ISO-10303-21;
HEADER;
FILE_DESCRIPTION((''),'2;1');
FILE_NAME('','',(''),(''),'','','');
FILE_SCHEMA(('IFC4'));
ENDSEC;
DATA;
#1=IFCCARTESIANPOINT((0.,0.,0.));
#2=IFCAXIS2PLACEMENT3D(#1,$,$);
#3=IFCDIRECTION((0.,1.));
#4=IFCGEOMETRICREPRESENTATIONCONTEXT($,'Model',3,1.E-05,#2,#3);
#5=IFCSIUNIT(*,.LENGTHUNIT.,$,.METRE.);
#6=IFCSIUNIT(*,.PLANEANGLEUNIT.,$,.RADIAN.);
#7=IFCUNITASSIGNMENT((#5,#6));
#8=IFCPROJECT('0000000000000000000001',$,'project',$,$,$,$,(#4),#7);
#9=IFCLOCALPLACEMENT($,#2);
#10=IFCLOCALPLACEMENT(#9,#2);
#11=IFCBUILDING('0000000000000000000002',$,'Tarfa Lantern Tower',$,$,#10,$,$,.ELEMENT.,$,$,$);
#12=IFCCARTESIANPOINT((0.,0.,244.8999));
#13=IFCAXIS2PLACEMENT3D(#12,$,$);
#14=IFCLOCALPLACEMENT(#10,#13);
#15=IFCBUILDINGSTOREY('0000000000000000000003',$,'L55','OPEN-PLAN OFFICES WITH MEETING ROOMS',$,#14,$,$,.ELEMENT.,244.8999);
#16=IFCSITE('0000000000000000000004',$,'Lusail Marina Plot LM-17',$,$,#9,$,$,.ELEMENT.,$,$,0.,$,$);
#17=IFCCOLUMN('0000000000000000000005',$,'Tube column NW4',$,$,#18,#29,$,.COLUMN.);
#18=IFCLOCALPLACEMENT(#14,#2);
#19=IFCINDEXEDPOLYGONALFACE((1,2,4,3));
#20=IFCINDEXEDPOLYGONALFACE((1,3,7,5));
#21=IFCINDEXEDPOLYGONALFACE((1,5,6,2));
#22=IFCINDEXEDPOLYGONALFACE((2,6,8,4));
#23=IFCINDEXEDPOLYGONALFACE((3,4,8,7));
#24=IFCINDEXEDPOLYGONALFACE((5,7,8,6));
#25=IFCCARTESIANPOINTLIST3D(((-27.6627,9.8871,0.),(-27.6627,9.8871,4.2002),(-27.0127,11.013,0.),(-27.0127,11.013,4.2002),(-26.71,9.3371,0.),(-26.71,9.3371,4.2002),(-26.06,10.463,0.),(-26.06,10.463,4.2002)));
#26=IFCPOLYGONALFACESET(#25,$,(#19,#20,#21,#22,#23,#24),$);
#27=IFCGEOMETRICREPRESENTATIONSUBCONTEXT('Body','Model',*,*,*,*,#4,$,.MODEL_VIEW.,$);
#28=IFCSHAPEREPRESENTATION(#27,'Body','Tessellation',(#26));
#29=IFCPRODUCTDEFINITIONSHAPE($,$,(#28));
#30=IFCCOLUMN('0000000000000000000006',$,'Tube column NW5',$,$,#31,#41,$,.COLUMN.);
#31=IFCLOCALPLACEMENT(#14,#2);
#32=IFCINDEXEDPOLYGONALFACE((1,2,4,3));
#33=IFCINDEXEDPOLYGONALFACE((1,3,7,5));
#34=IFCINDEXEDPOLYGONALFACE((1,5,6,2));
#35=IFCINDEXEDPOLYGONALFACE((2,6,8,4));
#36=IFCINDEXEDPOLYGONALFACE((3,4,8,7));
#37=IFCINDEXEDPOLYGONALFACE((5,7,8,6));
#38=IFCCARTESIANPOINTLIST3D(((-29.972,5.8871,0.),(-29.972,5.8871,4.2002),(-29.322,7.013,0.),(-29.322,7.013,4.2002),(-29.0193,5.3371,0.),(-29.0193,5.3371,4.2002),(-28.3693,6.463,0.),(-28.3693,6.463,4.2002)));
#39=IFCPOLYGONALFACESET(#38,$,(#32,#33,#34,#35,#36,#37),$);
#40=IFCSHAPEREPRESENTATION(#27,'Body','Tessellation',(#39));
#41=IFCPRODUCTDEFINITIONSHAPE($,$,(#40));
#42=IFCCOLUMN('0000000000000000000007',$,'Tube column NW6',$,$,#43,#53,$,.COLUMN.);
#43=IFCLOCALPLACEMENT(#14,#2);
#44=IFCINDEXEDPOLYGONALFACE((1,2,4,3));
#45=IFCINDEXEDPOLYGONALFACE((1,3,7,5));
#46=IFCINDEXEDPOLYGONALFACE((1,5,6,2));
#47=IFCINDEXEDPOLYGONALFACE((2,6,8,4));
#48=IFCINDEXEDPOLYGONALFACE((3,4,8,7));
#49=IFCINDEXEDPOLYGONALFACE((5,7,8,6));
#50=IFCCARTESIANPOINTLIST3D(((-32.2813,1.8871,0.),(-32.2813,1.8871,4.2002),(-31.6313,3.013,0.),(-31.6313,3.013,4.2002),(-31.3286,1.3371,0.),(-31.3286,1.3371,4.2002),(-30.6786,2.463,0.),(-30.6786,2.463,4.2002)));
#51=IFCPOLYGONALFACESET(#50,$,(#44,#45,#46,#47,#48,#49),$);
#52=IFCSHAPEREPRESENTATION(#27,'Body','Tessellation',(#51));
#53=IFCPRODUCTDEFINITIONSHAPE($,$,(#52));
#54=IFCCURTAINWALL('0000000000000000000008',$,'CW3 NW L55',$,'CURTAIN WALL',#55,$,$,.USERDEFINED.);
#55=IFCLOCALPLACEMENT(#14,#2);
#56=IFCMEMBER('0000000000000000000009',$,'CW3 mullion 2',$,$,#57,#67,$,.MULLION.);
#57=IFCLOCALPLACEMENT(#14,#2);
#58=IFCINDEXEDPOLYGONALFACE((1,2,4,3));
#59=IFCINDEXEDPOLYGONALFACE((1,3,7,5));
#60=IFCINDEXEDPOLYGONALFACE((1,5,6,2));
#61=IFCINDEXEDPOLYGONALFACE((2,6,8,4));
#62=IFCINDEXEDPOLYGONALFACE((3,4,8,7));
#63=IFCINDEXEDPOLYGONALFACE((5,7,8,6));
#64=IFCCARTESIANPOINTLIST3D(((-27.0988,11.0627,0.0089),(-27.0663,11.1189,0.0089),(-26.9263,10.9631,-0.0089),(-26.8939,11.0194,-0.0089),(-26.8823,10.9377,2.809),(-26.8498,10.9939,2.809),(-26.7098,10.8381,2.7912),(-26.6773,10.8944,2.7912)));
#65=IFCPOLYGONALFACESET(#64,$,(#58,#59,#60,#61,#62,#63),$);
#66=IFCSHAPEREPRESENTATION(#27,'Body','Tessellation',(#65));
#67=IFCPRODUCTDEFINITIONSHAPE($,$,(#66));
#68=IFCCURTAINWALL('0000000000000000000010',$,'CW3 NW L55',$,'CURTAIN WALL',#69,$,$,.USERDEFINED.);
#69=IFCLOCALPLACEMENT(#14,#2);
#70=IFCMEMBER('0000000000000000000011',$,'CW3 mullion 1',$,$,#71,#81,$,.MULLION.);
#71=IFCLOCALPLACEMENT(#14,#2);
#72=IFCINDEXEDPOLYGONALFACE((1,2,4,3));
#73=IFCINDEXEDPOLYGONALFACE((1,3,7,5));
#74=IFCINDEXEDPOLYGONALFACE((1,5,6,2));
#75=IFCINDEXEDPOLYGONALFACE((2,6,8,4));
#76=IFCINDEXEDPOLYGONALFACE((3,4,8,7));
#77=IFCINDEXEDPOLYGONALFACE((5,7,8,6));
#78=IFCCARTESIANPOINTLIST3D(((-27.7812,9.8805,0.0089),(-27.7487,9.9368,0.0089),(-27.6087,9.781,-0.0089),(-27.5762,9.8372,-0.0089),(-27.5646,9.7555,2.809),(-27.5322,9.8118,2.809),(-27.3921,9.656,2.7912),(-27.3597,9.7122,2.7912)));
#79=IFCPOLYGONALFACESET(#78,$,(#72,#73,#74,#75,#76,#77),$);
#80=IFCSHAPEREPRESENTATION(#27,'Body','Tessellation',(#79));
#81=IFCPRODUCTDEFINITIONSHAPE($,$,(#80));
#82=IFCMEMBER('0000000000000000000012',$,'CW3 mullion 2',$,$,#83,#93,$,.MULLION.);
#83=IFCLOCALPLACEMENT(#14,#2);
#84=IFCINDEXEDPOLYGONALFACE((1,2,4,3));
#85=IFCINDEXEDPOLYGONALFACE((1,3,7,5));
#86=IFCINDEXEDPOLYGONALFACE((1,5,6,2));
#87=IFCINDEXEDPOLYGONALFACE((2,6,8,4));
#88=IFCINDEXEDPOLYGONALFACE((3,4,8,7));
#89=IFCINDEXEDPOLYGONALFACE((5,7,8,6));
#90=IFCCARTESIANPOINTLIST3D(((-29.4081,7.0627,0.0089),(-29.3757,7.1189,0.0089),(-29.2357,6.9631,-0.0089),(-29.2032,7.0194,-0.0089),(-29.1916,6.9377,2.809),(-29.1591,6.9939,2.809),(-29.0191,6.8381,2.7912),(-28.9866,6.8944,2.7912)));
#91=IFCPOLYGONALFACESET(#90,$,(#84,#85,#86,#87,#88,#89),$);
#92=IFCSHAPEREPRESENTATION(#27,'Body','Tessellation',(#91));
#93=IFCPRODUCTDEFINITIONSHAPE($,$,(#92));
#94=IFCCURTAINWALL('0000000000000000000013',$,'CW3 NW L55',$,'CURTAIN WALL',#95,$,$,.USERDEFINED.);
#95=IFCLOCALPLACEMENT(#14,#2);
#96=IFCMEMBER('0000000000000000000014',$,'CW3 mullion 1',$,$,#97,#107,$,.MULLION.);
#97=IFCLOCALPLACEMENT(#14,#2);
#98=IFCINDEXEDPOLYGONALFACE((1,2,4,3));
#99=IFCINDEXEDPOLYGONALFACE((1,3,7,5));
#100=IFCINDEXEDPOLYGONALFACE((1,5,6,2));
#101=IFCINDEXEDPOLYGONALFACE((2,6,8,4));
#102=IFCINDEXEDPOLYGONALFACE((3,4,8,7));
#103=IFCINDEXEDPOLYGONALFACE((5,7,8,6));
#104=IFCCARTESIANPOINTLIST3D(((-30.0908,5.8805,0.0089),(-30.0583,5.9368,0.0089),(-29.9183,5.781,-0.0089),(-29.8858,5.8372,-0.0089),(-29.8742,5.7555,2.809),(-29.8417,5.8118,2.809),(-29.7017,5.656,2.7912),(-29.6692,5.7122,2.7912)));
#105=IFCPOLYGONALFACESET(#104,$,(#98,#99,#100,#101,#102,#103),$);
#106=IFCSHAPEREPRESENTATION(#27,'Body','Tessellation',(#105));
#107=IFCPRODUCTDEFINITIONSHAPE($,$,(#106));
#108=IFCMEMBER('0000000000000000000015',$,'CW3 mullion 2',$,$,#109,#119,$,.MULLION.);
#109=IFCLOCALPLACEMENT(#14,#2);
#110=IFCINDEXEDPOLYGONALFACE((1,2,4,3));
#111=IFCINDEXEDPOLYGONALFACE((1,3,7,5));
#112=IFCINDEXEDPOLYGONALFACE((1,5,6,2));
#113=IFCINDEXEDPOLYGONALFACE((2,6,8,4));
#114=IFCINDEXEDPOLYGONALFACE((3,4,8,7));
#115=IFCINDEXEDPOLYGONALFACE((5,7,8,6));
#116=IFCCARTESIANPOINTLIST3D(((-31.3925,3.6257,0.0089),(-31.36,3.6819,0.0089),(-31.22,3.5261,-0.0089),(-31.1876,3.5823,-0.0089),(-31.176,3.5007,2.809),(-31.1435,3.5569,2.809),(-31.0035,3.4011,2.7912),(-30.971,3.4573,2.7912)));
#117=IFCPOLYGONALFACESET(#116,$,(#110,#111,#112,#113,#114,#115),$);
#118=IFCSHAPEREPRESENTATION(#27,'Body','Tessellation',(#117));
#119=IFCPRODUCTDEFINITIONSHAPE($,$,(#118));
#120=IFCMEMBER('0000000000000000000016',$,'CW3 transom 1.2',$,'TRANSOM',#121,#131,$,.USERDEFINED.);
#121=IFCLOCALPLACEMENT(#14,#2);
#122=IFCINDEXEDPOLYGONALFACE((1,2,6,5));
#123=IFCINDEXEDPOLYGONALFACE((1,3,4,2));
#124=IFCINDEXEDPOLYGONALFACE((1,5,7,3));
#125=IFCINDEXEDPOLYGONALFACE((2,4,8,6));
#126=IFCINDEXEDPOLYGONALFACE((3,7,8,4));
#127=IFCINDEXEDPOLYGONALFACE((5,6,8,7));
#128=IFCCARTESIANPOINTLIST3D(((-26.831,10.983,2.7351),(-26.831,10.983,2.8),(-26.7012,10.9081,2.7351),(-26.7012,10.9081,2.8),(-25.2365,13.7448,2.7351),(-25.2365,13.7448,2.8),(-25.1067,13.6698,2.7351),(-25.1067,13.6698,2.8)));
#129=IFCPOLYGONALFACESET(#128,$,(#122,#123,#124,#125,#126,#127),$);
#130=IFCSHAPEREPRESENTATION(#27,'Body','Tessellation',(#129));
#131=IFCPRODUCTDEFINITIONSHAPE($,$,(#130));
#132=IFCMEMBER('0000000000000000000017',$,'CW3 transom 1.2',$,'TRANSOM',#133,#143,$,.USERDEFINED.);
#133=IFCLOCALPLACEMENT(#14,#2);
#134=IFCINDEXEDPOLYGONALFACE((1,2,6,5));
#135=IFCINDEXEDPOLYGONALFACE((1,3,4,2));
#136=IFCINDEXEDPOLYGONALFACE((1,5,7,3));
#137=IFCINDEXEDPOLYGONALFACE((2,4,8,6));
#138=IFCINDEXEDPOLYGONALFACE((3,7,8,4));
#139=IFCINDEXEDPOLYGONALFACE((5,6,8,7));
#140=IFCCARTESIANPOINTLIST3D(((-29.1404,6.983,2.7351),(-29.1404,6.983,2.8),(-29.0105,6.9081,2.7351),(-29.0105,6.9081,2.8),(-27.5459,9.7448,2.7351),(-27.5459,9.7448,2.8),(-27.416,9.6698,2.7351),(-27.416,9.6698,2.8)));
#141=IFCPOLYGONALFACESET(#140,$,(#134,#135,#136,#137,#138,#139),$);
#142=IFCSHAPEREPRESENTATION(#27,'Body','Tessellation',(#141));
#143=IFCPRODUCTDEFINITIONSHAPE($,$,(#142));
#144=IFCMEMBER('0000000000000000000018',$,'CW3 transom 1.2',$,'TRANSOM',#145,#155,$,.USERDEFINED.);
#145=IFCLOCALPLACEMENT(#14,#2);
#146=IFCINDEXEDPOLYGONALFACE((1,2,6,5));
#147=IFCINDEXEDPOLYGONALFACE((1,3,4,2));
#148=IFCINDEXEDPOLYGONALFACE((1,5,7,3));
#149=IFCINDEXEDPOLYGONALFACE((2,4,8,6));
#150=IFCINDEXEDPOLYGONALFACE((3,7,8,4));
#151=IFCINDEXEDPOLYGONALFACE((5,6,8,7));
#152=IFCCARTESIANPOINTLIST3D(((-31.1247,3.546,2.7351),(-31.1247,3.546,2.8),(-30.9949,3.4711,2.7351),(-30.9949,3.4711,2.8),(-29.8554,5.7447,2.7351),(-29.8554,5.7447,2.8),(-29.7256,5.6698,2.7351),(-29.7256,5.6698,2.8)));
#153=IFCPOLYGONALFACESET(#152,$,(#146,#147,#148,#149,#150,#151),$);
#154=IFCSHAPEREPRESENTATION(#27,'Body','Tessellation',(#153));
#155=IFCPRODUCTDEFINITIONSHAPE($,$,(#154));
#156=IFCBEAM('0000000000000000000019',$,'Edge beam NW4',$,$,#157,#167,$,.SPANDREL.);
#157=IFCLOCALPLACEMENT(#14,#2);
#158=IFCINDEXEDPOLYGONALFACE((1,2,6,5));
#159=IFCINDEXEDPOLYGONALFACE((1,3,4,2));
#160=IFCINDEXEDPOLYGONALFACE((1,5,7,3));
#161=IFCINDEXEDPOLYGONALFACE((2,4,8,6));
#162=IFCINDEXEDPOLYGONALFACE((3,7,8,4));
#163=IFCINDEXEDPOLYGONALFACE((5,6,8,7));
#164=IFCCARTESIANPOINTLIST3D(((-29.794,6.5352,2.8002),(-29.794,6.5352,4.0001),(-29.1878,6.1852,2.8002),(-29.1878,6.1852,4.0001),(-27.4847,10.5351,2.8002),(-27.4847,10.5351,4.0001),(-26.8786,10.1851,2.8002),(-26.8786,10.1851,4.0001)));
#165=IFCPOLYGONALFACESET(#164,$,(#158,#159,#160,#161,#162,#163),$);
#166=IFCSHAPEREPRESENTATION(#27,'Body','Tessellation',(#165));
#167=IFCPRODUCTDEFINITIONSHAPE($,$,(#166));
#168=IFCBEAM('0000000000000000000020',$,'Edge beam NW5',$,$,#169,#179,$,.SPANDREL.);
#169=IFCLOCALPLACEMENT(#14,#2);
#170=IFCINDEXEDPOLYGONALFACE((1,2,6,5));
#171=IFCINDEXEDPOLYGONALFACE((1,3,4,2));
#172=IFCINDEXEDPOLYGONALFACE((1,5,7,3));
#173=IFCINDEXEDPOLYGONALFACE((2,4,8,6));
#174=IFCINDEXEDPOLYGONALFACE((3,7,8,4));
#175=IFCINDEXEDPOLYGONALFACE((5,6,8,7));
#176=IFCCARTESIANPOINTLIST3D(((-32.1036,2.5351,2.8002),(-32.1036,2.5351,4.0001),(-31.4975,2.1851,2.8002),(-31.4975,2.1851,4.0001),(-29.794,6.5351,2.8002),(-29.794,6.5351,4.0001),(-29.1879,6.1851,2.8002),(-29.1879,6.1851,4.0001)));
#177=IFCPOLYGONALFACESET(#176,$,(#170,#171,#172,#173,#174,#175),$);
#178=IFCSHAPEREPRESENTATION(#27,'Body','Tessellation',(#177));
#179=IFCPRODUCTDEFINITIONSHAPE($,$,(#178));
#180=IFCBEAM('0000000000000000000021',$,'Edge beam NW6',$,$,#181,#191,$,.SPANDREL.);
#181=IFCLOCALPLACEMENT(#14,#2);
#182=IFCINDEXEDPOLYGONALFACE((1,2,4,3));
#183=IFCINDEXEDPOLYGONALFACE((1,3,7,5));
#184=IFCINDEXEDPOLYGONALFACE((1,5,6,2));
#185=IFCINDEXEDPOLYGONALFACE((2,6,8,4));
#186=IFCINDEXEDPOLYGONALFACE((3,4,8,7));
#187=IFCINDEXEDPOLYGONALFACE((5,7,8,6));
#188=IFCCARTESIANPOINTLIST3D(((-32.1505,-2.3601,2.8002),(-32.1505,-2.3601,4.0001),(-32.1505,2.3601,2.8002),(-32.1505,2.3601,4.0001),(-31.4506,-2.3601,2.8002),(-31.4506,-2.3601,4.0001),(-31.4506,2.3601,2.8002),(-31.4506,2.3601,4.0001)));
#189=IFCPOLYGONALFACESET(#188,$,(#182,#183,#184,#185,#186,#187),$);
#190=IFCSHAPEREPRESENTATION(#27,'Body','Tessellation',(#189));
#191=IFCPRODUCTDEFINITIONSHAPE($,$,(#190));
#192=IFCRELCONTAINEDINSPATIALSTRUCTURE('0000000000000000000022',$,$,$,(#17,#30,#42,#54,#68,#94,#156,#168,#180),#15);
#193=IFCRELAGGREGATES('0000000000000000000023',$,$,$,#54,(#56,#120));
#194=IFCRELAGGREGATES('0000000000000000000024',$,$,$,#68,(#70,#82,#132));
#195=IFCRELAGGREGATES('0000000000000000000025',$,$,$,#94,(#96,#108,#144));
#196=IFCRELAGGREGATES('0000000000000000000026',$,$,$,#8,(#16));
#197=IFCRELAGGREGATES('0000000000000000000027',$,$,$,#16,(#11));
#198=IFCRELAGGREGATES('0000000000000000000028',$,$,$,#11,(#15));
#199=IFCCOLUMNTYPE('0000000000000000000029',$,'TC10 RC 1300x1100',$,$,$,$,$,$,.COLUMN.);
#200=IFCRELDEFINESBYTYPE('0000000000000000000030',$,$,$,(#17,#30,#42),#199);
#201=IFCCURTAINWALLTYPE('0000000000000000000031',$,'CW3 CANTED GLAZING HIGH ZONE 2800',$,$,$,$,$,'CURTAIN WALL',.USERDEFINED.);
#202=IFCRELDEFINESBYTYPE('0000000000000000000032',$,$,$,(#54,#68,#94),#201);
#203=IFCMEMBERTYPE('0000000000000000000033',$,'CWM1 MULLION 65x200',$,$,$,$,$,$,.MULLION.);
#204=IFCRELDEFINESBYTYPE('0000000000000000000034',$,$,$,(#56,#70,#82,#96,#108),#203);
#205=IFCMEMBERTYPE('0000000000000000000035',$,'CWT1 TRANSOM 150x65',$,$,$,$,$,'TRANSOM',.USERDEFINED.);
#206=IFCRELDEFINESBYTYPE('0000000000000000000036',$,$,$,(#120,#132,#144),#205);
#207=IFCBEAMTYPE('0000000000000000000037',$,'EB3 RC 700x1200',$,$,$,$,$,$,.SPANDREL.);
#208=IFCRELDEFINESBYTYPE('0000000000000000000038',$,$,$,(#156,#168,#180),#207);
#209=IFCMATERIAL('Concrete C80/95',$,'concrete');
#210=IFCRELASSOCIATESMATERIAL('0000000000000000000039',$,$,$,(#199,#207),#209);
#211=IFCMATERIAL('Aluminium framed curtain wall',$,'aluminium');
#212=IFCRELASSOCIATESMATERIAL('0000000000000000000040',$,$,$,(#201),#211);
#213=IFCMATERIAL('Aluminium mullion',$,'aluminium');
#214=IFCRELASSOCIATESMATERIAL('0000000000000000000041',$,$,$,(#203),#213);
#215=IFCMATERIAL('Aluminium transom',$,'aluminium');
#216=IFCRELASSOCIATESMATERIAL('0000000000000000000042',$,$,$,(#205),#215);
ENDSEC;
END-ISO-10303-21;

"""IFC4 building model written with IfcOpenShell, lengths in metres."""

from ifc_helpers import new_model, si_unit, direction, frame, origin, origin_2d, place, context, subcontext, project, spatial, rectangle, extrude, material, material_profile, profile_set, type_object, element, aggregate, save


model = new_model("IFC4")

# Units and contexts
model_context = context("Model", 3, precision=1e-05, world=origin(), true_north=direction((0.0, 1.0)))
body_context = subcontext(model_context, "Body", "Model", "MODEL_VIEW")
ifc_project = project(units=[si_unit("LENGTHUNIT", "METRE"), si_unit("PLANEANGLEUNIT", "RADIAN")], contexts=[model_context])

# Site, building, storey
site_placement = place(None, origin())
site = spatial("IfcSite", under=ifc_project, at=site_placement, Name="Lusail Marina Plot LM-17", CompositionType="ELEMENT", RefElevation=0.0)
building_placement = place(site_placement, origin())
building = spatial("IfcBuilding", under=site, at=building_placement, Name="Tarfa Lantern Tower", CompositionType="ELEMENT")
storey_placement = place(building_placement, frame((0.0, 0.0, 244.8999)))
storey = spatial("IfcBuildingStorey", under=building, at=storey_placement, Name="L55", Description="OPEN-PLAN OFFICES WITH MEETING ROOMS", CompositionType="ELEMENT", Elevation=244.8999)

# Columns
ifc_material_1 = material(Name="Concrete C80/95", Category="concrete")
ifc_material_profile_1 = material_profile(ifc_material_1, rectangle(XDim=1.3, YDim=1.1001, at=origin_2d()), Name="RC 1300x1100")
ifc_profile_set_1 = profile_set([ifc_material_profile_1], Name="Concrete C80/95")
column_type = type_object("IfcColumnType", Name="TC10 RC 1300x1100", PredefinedType="COLUMN", material=ifc_profile_set_1)
for number, where, z_axis, x_axis, name in (
    (1, (-26.8613, 10.175, 0.0), (0.0, 0.0, 1.0), (-0.5, -0.866025, 0.0), "Tube column NW4"),
    (2, (-29.1707, 6.175, 0.0), (0.0, 0.0, 1.0), (-0.5, -0.866025, 0.0), "Tube column NW5"),
    (3, (-31.48, 2.175, 0.0), (0.0, 0.0, 1.0), (-0.5, -0.866025, 0.0), "Tube column NW6"),
):
    element("IfcColumn", number, at=place(storey_placement, frame(where, z_axis=z_axis, x_axis=x_axis)), inside=storey, type_object=column_type, Name=name, PredefinedType="COLUMN", context=body_context, shape_type="SweptSolid", body=[
        extrude(rectangle(XDim=1.3, YDim=1.1001, at=origin_2d()), origin(), (0.0, 0.0, 1.0), 4.2002),
    ])

# Curtain wall, member
ifc_material_2 = material(Name="Aluminium framed curtain wall", Category="aluminium")
curtain_wall_type = type_object("IfcCurtainWallType", Name="CW3 CANTED GLAZING HIGH ZONE 2800", ElementType="CURTAIN WALL", PredefinedType="USERDEFINED", material=ifc_material_2)
curtain_wall_1_placement = place(storey_placement, origin())
curtain_wall_1 = element("IfcCurtainWall", 4, at=curtain_wall_1_placement, inside=storey, type_object=curtain_wall_type, Name="CW3 NW L55", ObjectType="CURTAIN WALL", PredefinedType="USERDEFINED")
ifc_material_3 = material(Name="Aluminium mullion", Category="aluminium")
ifc_material_profile_2 = material_profile(ifc_material_3, rectangle(XDim=0.0649, YDim=0.2, at=origin_2d()), Name="AL MULLION 65x200")
ifc_profile_set_2 = profile_set([ifc_material_profile_2], Name="Aluminium mullion")
member_type_1 = type_object("IfcMemberType", Name="CWM1 MULLION 65x200", PredefinedType="MULLION", material=ifc_profile_set_2)
member_1_placement = place(storey_placement, frame((-26.9963, 11.041, 0.0), z_axis=(0.077032, -0.044465, 0.996037), x_axis=(0.49992, 0.866072, 0.0)))
member_1 = element("IfcMember", 5, at=member_1_placement, type_object=member_type_1, Name="CW3 mullion 2", PredefinedType="MULLION", context=body_context, shape_type="SweptSolid", body=[
    extrude(rectangle(XDim=0.0649, YDim=0.2, at=origin_2d()), origin(), (0.0, 0.0, 1.0), 2.8113),
])

# Curtain walls, members
curtain_wall_2_placement = place(storey_placement, origin())
curtain_wall_2 = element("IfcCurtainWall", 6, at=curtain_wall_2_placement, inside=storey, type_object=curtain_wall_type, Name="CW3 NW L55", ObjectType="CURTAIN WALL", PredefinedType="USERDEFINED")
member_2_placement = place(storey_placement, frame((-27.6787, 9.8589, 0.0), z_axis=(0.077032, -0.044465, 0.996037), x_axis=(0.49992, 0.866072, 0.0)))
member_2 = element("IfcMember", 7, at=member_2_placement, type_object=member_type_1, Name="CW3 mullion 1", PredefinedType="MULLION", context=body_context, shape_type="SweptSolid", body=[
    extrude(rectangle(XDim=0.0649, YDim=0.2, at=origin_2d()), origin(), (0.0, 0.0, 1.0), 2.8113),
])
member_3_placement = place(storey_placement, frame((-29.3057, 7.041, 0.0), z_axis=(0.077032, -0.044465, 0.996037), x_axis=(0.49992, 0.866072, 0.0)))
member_3 = element("IfcMember", 8, at=member_3_placement, type_object=member_type_1, Name="CW3 mullion 2", PredefinedType="MULLION", context=body_context, shape_type="SweptSolid", body=[
    extrude(rectangle(XDim=0.0649, YDim=0.2, at=origin_2d()), origin(), (0.0, 0.0, 1.0), 2.8113),
])
curtain_wall_3_placement = place(storey_placement, origin())
curtain_wall_3 = element("IfcCurtainWall", 9, at=curtain_wall_3_placement, inside=storey, type_object=curtain_wall_type, Name="CW3 NW L55", ObjectType="CURTAIN WALL", PredefinedType="USERDEFINED")
member_4_placement = place(storey_placement, frame((-29.9883, 5.8589, 0.0), z_axis=(0.077032, -0.044465, 0.996037), x_axis=(0.49992, 0.866072, 0.0)))
member_4 = element("IfcMember", 10, at=member_4_placement, type_object=member_type_1, Name="CW3 mullion 1", PredefinedType="MULLION", context=body_context, shape_type="SweptSolid", body=[
    extrude(rectangle(XDim=0.0649, YDim=0.2, at=origin_2d()), origin(), (0.0, 0.0, 1.0), 2.8113),
])
member_5_placement = place(storey_placement, frame((-31.29, 3.604, 0.0), z_axis=(0.077032, -0.044465, 0.996037), x_axis=(0.49992, 0.866072, 0.0)))
member_5 = element("IfcMember", 11, at=member_5_placement, type_object=member_type_1, Name="CW3 mullion 2", PredefinedType="MULLION", context=body_context, shape_type="SweptSolid", body=[
    extrude(rectangle(XDim=0.0649, YDim=0.2, at=origin_2d()), origin(), (0.0, 0.0, 1.0), 2.8113),
])

# Members
ifc_material_4 = material(Name="Aluminium transom", Category="aluminium")
ifc_material_profile_3 = material_profile(ifc_material_4, rectangle(XDim=0.1499, YDim=0.0649, at=origin_2d()), Name="AL TRANSOM 150x65")
ifc_profile_set_3 = profile_set([ifc_material_profile_3], Name="Aluminium transom")
member_type_2 = type_object("IfcMemberType", Name="CWT1 TRANSOM 150x65", ElementType="TRANSOM", PredefinedType="USERDEFINED", material=ifc_profile_set_3)
member_6_placement = place(storey_placement, frame((-25.1716, 13.7073, 2.7676), z_axis=(-0.500001, -0.866025, 0.0), x_axis=(0.866025, -0.500001, 0.0)))
member_6 = element("IfcMember", 12, at=member_6_placement, type_object=member_type_2, Name="CW3 transom 1.2", ObjectType="TRANSOM", PredefinedType="USERDEFINED", context=body_context, shape_type="SweptSolid", body=[
    extrude(rectangle(XDim=0.1499, YDim=0.0649, at=origin_2d()), origin(), (0.0, 0.0, 1.0), 3.189),
])
aggregate(curtain_wall_1, [member_1, member_6])
member_7_placement = place(storey_placement, frame((-27.481, 9.7073, 2.7676), z_axis=(-0.500001, -0.866025, 0.0), x_axis=(0.866025, -0.500001, 0.0)))
member_7 = element("IfcMember", 13, at=member_7_placement, type_object=member_type_2, Name="CW3 transom 1.2", ObjectType="TRANSOM", PredefinedType="USERDEFINED", context=body_context, shape_type="SweptSolid", body=[
    extrude(rectangle(XDim=0.1499, YDim=0.0649, at=origin_2d()), origin(), (0.0, 0.0, 1.0), 3.189),
])
member_8_placement = place(storey_placement, frame((-29.7905, 5.7073, 2.7676), z_axis=(-0.499956, -0.866051, 0.0), x_axis=(0.866051, -0.499956, 0.0)))
member_8 = element("IfcMember", 14, at=member_8_placement, type_object=member_type_2, Name="CW3 transom 1.2", ObjectType="TRANSOM", PredefinedType="USERDEFINED", context=body_context, shape_type="SweptSolid", body=[
    extrude(rectangle(XDim=0.1499, YDim=0.0649, at=origin_2d()), origin(), (0.0, 0.0, 1.0), 2.5388),
])

# Beams
ifc_material_profile_4 = material_profile(ifc_material_1, rectangle(XDim=0.7, YDim=1.2, at=origin_2d()), Name="RC 700x1200")
ifc_profile_set_4 = profile_set([ifc_material_profile_4], Name="Concrete C80/95")
beam_type_1 = type_object("IfcBeamType", Name="EB3 RC 700x1200", PredefinedType="SPANDREL", material=ifc_profile_set_4)
beam_1_placement = place(storey_placement, frame((-27.1816, 10.3601, 3.4001), z_axis=(-0.499988, -0.866032, 0.0), x_axis=(0.866032, -0.499988, 0.0)))
element("IfcBeam", 15, at=beam_1_placement, inside=storey, type_object=beam_type_1, Name="Edge beam NW4", PredefinedType="SPANDREL", context=body_context, shape_type="SweptSolid", body=[
    extrude(rectangle(XDim=0.7, YDim=1.2, at=origin_2d()), origin(), (0.0, 0.0, 1.0), 4.6187),
])
beam_2_placement = place(storey_placement, frame((-29.491, 6.3601, 3.4001), z_axis=(-0.500027, -0.86601, 0.0), x_axis=(0.86601, -0.500027, 0.0)))
element("IfcBeam", 16, at=beam_2_placement, inside=storey, type_object=beam_type_1, Name="Edge beam NW5", PredefinedType="SPANDREL", context=body_context, shape_type="SweptSolid", body=[
    extrude(rectangle(XDim=0.7, YDim=1.2, at=origin_2d()), origin(), (0.0, 0.0, 1.0), 4.6189),
])
beam_3_placement = place(storey_placement, frame((-31.8005, 2.3601, 3.4001), z_axis=(0.0, -1.0, 0.0), x_axis=(1.0, 0.0, 0.0)))
element("IfcBeam", 17, at=beam_3_placement, inside=storey, type_object=beam_type_1, Name="Edge beam NW6", PredefinedType="SPANDREL", context=body_context, shape_type="SweptSolid", body=[
    extrude(rectangle(XDim=0.7, YDim=1.2, at=origin_2d()), origin(), (0.0, 0.0, 1.0), 4.7202),
])

aggregate(curtain_wall_2, [member_2, member_3, member_7])
aggregate(curtain_wall_3, [member_4, member_5, member_8])

save(model, "model.ifc")
